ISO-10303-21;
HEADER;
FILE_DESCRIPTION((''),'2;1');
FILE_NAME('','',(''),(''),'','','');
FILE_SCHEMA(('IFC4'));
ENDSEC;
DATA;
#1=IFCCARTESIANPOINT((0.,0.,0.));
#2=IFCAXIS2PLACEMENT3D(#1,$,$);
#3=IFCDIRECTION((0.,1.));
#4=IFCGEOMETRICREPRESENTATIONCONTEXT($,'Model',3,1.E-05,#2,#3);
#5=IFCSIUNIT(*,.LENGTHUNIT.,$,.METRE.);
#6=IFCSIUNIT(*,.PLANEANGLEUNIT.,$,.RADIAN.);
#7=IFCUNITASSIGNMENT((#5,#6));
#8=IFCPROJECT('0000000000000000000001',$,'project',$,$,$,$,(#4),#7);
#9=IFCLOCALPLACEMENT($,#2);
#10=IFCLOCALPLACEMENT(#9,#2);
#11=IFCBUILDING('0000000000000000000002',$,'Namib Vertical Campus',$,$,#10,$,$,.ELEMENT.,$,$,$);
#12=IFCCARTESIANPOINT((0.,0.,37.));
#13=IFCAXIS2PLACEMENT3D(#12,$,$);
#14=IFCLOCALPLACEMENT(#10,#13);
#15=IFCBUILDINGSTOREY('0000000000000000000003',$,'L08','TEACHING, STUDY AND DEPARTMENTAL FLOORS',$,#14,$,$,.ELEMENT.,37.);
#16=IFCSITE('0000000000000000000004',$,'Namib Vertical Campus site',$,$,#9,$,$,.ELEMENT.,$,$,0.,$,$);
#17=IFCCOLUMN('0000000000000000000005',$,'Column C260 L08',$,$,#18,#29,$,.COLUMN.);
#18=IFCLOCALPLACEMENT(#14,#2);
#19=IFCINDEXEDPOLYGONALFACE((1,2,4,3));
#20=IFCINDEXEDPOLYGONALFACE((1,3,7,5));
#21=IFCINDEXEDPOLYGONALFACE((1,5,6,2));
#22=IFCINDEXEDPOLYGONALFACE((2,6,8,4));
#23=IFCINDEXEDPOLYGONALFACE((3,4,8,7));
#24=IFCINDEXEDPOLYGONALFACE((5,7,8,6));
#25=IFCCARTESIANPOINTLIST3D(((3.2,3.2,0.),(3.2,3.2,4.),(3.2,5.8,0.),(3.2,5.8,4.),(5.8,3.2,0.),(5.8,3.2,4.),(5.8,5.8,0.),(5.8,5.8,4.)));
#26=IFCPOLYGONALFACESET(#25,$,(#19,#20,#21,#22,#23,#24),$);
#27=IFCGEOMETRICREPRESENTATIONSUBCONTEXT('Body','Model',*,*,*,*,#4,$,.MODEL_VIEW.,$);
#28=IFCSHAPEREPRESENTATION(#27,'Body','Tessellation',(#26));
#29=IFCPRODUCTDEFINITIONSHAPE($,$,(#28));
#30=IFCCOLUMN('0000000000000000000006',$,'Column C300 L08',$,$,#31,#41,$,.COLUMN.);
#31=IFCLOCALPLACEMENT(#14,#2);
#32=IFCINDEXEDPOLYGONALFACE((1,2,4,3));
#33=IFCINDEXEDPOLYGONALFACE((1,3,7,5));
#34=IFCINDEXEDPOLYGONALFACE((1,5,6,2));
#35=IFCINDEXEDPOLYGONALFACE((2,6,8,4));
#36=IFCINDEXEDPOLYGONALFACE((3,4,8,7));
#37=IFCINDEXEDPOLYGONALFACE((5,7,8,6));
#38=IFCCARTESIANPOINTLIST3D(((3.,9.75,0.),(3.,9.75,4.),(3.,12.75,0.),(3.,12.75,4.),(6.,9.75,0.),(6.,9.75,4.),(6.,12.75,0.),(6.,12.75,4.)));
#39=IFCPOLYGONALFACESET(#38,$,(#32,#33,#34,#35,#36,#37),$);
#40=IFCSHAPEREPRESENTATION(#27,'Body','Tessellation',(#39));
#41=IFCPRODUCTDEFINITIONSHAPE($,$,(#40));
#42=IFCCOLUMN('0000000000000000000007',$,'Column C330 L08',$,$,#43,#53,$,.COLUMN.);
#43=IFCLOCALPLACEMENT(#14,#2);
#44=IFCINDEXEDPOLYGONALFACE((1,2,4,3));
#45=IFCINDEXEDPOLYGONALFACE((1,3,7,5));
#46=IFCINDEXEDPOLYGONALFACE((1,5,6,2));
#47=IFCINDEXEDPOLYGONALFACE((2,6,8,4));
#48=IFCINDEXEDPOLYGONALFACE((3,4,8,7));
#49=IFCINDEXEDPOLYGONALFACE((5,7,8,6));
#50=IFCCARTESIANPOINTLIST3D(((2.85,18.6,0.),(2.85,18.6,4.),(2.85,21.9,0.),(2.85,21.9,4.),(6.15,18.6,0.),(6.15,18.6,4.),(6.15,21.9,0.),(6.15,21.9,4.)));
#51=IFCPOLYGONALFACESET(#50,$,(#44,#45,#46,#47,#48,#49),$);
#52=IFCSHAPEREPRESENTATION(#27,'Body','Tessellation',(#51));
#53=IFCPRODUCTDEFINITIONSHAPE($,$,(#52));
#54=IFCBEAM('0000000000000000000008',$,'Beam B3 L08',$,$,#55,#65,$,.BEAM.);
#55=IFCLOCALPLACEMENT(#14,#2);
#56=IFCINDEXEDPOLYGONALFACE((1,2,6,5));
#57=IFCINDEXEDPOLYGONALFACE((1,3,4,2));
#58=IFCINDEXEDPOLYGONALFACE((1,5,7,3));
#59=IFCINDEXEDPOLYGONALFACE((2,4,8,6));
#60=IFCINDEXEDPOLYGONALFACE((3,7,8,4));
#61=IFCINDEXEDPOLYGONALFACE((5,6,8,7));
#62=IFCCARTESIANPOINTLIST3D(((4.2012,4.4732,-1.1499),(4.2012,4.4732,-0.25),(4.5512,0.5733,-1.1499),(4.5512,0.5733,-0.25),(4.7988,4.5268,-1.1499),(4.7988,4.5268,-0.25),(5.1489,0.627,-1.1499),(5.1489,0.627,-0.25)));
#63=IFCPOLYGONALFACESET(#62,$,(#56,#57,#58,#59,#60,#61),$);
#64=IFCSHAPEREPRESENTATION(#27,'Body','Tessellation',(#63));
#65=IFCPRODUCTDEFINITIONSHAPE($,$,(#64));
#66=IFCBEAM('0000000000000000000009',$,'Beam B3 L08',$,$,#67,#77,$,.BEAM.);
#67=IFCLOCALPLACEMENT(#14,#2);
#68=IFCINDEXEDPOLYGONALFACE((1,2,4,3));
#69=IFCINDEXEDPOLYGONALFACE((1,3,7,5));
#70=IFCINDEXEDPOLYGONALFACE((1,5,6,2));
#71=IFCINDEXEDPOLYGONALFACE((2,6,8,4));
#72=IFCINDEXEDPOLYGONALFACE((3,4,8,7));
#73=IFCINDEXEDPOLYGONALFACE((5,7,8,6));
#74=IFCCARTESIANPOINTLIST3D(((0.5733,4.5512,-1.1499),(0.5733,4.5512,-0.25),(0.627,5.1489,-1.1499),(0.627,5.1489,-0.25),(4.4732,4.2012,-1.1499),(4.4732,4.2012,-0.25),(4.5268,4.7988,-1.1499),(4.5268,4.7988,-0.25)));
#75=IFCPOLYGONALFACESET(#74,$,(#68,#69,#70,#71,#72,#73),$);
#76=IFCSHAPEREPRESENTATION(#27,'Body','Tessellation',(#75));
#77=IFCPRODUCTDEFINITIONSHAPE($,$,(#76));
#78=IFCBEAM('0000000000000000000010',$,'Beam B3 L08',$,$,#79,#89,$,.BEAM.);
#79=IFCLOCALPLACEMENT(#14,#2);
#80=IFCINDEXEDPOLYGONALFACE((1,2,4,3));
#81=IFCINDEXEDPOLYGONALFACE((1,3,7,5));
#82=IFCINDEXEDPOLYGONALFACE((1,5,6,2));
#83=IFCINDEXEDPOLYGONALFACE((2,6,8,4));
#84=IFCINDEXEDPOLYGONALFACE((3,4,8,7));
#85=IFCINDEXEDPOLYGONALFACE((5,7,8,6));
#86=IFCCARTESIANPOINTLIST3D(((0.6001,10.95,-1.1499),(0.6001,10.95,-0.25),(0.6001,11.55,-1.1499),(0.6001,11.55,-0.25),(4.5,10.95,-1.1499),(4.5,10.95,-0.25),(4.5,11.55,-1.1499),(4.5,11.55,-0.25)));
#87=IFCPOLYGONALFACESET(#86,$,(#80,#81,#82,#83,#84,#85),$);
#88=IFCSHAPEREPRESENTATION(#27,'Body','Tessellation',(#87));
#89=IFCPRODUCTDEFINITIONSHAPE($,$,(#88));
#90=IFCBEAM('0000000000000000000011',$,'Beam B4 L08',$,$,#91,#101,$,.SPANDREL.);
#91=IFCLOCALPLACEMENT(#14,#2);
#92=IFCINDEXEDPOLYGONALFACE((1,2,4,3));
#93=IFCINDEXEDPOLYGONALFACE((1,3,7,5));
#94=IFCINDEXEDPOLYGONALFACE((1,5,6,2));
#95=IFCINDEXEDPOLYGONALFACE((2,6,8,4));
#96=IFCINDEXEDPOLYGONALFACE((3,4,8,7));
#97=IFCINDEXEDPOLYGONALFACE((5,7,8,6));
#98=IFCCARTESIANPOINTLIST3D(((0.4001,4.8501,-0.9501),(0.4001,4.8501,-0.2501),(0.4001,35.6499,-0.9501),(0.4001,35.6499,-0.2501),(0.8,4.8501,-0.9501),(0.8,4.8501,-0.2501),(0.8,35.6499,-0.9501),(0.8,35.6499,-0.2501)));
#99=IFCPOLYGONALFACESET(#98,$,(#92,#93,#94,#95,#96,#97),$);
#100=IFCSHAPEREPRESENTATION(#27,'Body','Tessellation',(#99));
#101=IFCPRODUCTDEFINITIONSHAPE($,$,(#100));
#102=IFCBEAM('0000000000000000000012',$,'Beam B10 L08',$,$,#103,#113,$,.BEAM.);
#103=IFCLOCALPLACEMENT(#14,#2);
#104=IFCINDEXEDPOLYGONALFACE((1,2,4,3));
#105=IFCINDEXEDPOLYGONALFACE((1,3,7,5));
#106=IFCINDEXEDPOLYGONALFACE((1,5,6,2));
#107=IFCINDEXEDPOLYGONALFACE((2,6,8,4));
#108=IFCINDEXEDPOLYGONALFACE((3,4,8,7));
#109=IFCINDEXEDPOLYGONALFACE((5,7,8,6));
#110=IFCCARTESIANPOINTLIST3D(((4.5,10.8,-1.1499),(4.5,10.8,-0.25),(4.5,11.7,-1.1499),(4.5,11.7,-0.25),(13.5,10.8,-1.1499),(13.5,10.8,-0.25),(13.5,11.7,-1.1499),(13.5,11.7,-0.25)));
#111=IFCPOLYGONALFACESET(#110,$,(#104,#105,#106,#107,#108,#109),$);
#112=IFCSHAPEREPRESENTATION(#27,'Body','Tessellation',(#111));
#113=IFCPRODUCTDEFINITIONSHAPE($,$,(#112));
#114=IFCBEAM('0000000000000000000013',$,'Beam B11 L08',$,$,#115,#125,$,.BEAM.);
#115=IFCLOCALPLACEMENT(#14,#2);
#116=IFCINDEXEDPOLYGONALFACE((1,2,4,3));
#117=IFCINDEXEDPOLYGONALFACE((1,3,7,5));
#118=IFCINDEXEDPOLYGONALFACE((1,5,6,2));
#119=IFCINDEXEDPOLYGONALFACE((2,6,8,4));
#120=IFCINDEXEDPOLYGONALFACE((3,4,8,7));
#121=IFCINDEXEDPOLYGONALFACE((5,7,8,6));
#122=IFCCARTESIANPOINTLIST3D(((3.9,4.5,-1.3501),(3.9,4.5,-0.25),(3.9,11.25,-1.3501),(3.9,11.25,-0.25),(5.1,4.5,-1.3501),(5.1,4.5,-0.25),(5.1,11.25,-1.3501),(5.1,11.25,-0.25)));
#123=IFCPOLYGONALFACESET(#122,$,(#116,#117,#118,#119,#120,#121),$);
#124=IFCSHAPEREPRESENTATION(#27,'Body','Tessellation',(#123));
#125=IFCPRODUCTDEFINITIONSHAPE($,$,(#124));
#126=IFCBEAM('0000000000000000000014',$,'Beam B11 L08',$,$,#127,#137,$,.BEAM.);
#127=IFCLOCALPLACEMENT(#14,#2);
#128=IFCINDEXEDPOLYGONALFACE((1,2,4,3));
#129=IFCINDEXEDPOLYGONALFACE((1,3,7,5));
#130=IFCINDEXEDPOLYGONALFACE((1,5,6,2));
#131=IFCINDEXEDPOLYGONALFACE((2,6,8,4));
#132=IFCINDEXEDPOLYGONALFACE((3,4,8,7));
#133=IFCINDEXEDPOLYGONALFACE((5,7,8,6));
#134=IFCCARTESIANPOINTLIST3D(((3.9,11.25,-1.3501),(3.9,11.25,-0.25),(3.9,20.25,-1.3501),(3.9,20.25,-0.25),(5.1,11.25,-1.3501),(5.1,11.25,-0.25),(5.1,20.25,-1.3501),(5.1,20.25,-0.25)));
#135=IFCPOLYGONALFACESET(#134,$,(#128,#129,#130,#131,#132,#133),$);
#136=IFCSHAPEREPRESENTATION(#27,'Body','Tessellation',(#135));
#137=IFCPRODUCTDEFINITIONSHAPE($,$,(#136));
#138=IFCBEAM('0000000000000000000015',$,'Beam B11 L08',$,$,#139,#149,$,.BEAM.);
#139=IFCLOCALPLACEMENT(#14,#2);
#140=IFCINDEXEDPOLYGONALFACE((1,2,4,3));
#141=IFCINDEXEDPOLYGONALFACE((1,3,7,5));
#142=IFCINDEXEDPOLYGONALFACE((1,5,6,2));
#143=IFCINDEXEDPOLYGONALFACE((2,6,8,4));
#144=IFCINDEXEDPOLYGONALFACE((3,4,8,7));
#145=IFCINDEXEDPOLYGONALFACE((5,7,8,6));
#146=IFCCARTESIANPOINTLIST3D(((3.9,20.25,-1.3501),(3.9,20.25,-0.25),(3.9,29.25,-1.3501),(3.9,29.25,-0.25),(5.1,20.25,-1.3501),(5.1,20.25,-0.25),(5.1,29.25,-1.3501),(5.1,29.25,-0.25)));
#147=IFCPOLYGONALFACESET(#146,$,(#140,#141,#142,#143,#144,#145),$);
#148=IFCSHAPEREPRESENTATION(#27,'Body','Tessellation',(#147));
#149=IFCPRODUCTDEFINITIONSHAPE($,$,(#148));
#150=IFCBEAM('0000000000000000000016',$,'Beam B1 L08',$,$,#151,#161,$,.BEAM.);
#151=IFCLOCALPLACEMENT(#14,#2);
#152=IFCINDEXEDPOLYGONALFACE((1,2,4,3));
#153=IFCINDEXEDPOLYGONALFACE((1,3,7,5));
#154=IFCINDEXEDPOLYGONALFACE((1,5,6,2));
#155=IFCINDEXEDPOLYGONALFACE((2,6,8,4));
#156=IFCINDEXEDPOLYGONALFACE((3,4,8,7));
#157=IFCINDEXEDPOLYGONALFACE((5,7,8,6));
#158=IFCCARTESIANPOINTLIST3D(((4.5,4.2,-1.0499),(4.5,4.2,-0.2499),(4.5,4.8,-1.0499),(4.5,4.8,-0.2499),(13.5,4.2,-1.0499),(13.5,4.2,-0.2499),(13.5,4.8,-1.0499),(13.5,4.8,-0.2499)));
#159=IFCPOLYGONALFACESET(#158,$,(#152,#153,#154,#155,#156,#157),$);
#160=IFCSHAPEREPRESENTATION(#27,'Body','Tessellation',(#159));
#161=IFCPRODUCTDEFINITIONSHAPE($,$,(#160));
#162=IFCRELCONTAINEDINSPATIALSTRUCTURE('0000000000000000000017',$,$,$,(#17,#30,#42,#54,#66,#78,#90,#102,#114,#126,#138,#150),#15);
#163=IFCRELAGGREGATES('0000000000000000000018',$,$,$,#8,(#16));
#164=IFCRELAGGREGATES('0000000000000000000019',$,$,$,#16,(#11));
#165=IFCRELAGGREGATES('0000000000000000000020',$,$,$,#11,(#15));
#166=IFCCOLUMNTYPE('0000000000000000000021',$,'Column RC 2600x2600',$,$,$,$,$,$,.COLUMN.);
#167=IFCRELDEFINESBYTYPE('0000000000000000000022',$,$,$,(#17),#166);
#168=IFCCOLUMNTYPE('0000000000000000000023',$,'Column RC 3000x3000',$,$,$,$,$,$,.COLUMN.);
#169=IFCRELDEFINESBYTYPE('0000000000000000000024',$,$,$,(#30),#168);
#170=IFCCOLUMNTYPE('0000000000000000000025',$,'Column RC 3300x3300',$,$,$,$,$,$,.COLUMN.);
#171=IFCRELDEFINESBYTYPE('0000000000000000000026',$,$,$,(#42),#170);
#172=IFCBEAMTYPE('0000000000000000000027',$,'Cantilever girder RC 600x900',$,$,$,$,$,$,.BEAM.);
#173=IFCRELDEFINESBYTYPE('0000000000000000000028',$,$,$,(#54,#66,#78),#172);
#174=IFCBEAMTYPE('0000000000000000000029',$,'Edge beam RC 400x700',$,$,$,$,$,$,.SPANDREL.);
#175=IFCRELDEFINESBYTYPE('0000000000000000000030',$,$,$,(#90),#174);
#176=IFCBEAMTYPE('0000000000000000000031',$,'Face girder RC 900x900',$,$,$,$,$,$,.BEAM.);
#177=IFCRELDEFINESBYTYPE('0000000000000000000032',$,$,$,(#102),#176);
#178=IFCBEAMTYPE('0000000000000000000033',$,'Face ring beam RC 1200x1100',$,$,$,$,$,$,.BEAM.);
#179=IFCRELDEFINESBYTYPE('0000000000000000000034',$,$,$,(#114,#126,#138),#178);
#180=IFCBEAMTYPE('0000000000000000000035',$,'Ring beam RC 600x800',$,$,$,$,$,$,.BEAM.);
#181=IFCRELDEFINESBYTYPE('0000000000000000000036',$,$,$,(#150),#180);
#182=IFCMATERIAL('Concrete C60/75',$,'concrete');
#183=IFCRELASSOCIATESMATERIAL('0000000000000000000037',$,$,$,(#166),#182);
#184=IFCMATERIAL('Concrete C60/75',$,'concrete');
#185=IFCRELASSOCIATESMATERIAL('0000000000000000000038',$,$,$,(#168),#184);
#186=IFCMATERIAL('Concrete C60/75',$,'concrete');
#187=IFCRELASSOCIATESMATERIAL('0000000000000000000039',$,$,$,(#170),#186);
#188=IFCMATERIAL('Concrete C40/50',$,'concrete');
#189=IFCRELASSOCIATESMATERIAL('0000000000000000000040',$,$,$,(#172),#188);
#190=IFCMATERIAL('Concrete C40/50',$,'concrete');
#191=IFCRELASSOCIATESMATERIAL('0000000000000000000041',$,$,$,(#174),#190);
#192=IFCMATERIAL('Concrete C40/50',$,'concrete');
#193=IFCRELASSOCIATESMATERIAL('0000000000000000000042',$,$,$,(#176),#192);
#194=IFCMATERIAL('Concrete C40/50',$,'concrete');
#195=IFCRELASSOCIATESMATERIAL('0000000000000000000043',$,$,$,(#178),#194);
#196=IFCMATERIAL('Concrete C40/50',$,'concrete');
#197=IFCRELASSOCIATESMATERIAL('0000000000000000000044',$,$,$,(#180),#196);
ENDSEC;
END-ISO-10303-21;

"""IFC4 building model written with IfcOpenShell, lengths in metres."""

from ifc_helpers import new_model, si_unit, direction, frame, origin, origin_2d, place, context, subcontext, project, spatial, rectangle, extrude, material, material_profile, profile_set, type_object, element, save


model = new_model("IFC4")

# Units and contexts
model_context = context("Model", 3, precision=1e-05, world=origin(), true_north=direction((0.0, 1.0)))
body_context = subcontext(model_context, "Body", "Model", "MODEL_VIEW")
ifc_project = project(units=[si_unit("LENGTHUNIT", "METRE"), si_unit("PLANEANGLEUNIT", "RADIAN")], contexts=[model_context])

# Site, building, storey
site_placement = place(None, origin())
site = spatial("IfcSite", under=ifc_project, at=site_placement, Name="Namib Vertical Campus site", CompositionType="ELEMENT", RefElevation=0.0)
building_placement = place(site_placement, origin())
building = spatial("IfcBuilding", under=site, at=building_placement, Name="Namib Vertical Campus", CompositionType="ELEMENT")
storey_placement = place(building_placement, frame((0.0, 0.0, 37.0)))
storey = spatial("IfcBuildingStorey", under=building, at=storey_placement, Name="L08", Description="TEACHING, STUDY AND DEPARTMENTAL FLOORS", CompositionType="ELEMENT", Elevation=37.0)

# Columns
ifc_material_1 = material(Name="Concrete C60/75", Category="concrete")
ifc_material_profile_1 = material_profile(ifc_material_1, rectangle(XDim=2.6001, YDim=2.6001, at=origin_2d()))
ifc_profile_set_1 = profile_set([ifc_material_profile_1], Name="Concrete C60/75")
column_type_1 = type_object("IfcColumnType", Name="Column RC 2600x2600", PredefinedType="COLUMN", material=ifc_profile_set_1)
column_1_placement = place(storey_placement, frame((4.5, 4.5, 0.0), z_axis=(0.0, 0.0, 1.0), x_axis=(1.0, 0.0, 0.0)))
element("IfcColumn", 1, at=column_1_placement, inside=storey, type_object=column_type_1, Name="Column C260 L08", PredefinedType="COLUMN", context=body_context, shape_type="SweptSolid", body=[
    extrude(rectangle(XDim=2.6001, YDim=2.6001, at=origin_2d()), origin(), (0.0, 0.0, 1.0), 4.0),
])
ifc_material_2 = material(Name="Concrete C60/75", Category="concrete")
ifc_material_profile_2 = material_profile(ifc_material_2, rectangle(XDim=3.0, YDim=3.0, at=origin_2d()))
ifc_profile_set_2 = profile_set([ifc_material_profile_2], Name="Concrete C60/75")
column_type_2 = type_object("IfcColumnType", Name="Column RC 3000x3000", PredefinedType="COLUMN", material=ifc_profile_set_2)
column_2_placement = place(storey_placement, frame((4.5, 11.25, 0.0), z_axis=(0.0, 0.0, 1.0), x_axis=(1.0, 0.0, 0.0)))
element("IfcColumn", 2, at=column_2_placement, inside=storey, type_object=column_type_2, Name="Column C300 L08", PredefinedType="COLUMN", context=body_context, shape_type="SweptSolid", body=[
    extrude(rectangle(XDim=3.0, YDim=3.0, at=origin_2d()), origin(), (0.0, 0.0, 1.0), 4.0),
])
ifc_material_3 = material(Name="Concrete C60/75", Category="concrete")
ifc_material_profile_3 = material_profile(ifc_material_3, rectangle(XDim=3.3, YDim=3.3, at=origin_2d()))
ifc_profile_set_3 = profile_set([ifc_material_profile_3], Name="Concrete C60/75")
column_type_3 = type_object("IfcColumnType", Name="Column RC 3300x3300", PredefinedType="COLUMN", material=ifc_profile_set_3)
column_3_placement = place(storey_placement, frame((4.5, 20.25, 0.0), z_axis=(0.0, 0.0, 1.0), x_axis=(1.0, 0.0, 0.0)))
element("IfcColumn", 3, at=column_3_placement, inside=storey, type_object=column_type_3, Name="Column C330 L08", PredefinedType="COLUMN", context=body_context, shape_type="SweptSolid", body=[
    extrude(rectangle(XDim=3.3, YDim=3.3, at=origin_2d()), origin(), (0.0, 0.0, 1.0), 4.0),
])

# Beams
ifc_material_4 = material(Name="Concrete C40/50", Category="concrete")
ifc_material_profile_4 = material_profile(ifc_material_4, rectangle(XDim=0.6001, YDim=0.8999, at=origin_2d()))
ifc_profile_set_4 = profile_set([ifc_material_profile_4], Name="Concrete C40/50")
beam_type_1 = type_object("IfcBeamType", Name="Cantilever girder RC 600x900", PredefinedType="BEAM", material=ifc_profile_set_4)
for number, where, z_axis, x_axis, name in (
    (4, (4.5, 4.5, -0.7), (0.089411, -0.995995, 0.0), (0.995995, 0.089411, 0.0), "Beam B3 L08"),
    (5, (4.5, 4.5, -0.7), (-0.995995, 0.089411, 0.0), (-0.089411, -0.995995, 0.0), "Beam B3 L08"),
):
    element("IfcBeam", number, at=place(storey_placement, frame(where, z_axis=z_axis, x_axis=x_axis)), inside=storey, type_object=beam_type_1, Name=name, PredefinedType="BEAM", context=body_context, shape_type="SweptSolid", body=[
        extrude(rectangle(XDim=0.6001, YDim=0.8999, at=origin_2d()), origin(), (0.0, 0.0, 1.0), 3.9155),
    ])
beam_1_placement = place(storey_placement, frame((4.5, 11.25, -0.7), z_axis=(-1.0, 0.0, 0.0), x_axis=(0.0, -1.0, 0.0)))
element("IfcBeam", 6, at=beam_1_placement, inside=storey, type_object=beam_type_1, Name="Beam B3 L08", PredefinedType="BEAM", context=body_context, shape_type="SweptSolid", body=[
    extrude(rectangle(XDim=0.6001, YDim=0.8999, at=origin_2d()), origin(), (0.0, 0.0, 1.0), 3.8999),
])
ifc_material_5 = material(Name="Concrete C40/50", Category="concrete")
ifc_material_profile_5 = material_profile(ifc_material_5, rectangle(XDim=0.3999, YDim=0.7, at=origin_2d()))
ifc_profile_set_5 = profile_set([ifc_material_profile_5], Name="Concrete C40/50")
beam_type_2 = type_object("IfcBeamType", Name="Edge beam RC 400x700", PredefinedType="SPANDREL", material=ifc_profile_set_5)
beam_2_placement = place(storey_placement, frame((0.6001, 4.8501, -0.6001), z_axis=(0.0, 1.0, 0.0), x_axis=(-1.0, 0.0, 0.0)))
element("IfcBeam", 7, at=beam_2_placement, inside=storey, type_object=beam_type_2, Name="Beam B4 L08", PredefinedType="SPANDREL", context=body_context, shape_type="SweptSolid", body=[
    extrude(rectangle(XDim=0.3999, YDim=0.7, at=origin_2d()), origin(), (0.0, 0.0, 1.0), 30.7998),
])
ifc_material_6 = material(Name="Concrete C40/50", Category="concrete")
ifc_material_profile_6 = material_profile(ifc_material_6, rectangle(XDim=0.8999, YDim=0.8999, at=origin_2d()))
ifc_profile_set_6 = profile_set([ifc_material_profile_6], Name="Concrete C40/50")
beam_type_3 = type_object("IfcBeamType", Name="Face girder RC 900x900", PredefinedType="BEAM", material=ifc_profile_set_6)
beam_3_placement = place(storey_placement, frame((4.5, 11.25, -0.7), z_axis=(1.0, 0.0, 0.0), x_axis=(0.0, 1.0, 0.0)))
element("IfcBeam", 8, at=beam_3_placement, inside=storey, type_object=beam_type_3, Name="Beam B10 L08", PredefinedType="BEAM", context=body_context, shape_type="SweptSolid", body=[
    extrude(rectangle(XDim=0.8999, YDim=0.8999, at=origin_2d()), origin(), (0.0, 0.0, 1.0), 9.0),
])
ifc_material_7 = material(Name="Concrete C40/50", Category="concrete")
ifc_material_profile_7 = material_profile(ifc_material_7, rectangle(XDim=1.2, YDim=1.1001, at=origin_2d()))
ifc_profile_set_7 = profile_set([ifc_material_profile_7], Name="Concrete C40/50")
beam_type_4 = type_object("IfcBeamType", Name="Face ring beam RC 1200x1100", PredefinedType="BEAM", material=ifc_profile_set_7)
beam_4_placement = place(storey_placement, frame((4.5, 4.5, -0.8), z_axis=(0.0, 1.0, 0.0), x_axis=(-1.0, 0.0, 0.0)))
element("IfcBeam", 9, at=beam_4_placement, inside=storey, type_object=beam_type_4, Name="Beam B11 L08", PredefinedType="BEAM", context=body_context, shape_type="SweptSolid", body=[
    extrude(rectangle(XDim=1.2, YDim=1.1001, at=origin_2d()), origin(), (0.0, 0.0, 1.0), 6.75),
])
for number, where, z_axis, x_axis, name in (
    (10, (4.5, 11.25, -0.8), (0.0, 1.0, 0.0), (-1.0, 0.0, 0.0), "Beam B11 L08"),
    (11, (4.5, 20.25, -0.8), (0.0, 1.0, 0.0), (-1.0, 0.0, 0.0), "Beam B11 L08"),
):
    element("IfcBeam", number, at=place(storey_placement, frame(where, z_axis=z_axis, x_axis=x_axis)), inside=storey, type_object=beam_type_4, Name=name, PredefinedType="BEAM", context=body_context, shape_type="SweptSolid", body=[
        extrude(rectangle(XDim=1.2, YDim=1.1001, at=origin_2d()), origin(), (0.0, 0.0, 1.0), 9.0),
    ])
ifc_material_8 = material(Name="Concrete C40/50", Category="concrete")
ifc_material_profile_8 = material_profile(ifc_material_8, rectangle(XDim=0.6001, YDim=0.8, at=origin_2d()))
ifc_profile_set_8 = profile_set([ifc_material_profile_8], Name="Concrete C40/50")
beam_type_5 = type_object("IfcBeamType", Name="Ring beam RC 600x800", PredefinedType="BEAM", material=ifc_profile_set_8)
beam_5_placement = place(storey_placement, frame((4.5, 4.5, -0.6499), z_axis=(1.0, 0.0, 0.0), x_axis=(0.0, 1.0, 0.0)))
element("IfcBeam", 12, at=beam_5_placement, inside=storey, type_object=beam_type_5, Name="Beam B1 L08", PredefinedType="BEAM", context=body_context, shape_type="SweptSolid", body=[
    extrude(rectangle(XDim=0.6001, YDim=0.8, at=origin_2d()), origin(), (0.0, 0.0, 1.0), 9.0),
])

save(model, "model.ifc")
